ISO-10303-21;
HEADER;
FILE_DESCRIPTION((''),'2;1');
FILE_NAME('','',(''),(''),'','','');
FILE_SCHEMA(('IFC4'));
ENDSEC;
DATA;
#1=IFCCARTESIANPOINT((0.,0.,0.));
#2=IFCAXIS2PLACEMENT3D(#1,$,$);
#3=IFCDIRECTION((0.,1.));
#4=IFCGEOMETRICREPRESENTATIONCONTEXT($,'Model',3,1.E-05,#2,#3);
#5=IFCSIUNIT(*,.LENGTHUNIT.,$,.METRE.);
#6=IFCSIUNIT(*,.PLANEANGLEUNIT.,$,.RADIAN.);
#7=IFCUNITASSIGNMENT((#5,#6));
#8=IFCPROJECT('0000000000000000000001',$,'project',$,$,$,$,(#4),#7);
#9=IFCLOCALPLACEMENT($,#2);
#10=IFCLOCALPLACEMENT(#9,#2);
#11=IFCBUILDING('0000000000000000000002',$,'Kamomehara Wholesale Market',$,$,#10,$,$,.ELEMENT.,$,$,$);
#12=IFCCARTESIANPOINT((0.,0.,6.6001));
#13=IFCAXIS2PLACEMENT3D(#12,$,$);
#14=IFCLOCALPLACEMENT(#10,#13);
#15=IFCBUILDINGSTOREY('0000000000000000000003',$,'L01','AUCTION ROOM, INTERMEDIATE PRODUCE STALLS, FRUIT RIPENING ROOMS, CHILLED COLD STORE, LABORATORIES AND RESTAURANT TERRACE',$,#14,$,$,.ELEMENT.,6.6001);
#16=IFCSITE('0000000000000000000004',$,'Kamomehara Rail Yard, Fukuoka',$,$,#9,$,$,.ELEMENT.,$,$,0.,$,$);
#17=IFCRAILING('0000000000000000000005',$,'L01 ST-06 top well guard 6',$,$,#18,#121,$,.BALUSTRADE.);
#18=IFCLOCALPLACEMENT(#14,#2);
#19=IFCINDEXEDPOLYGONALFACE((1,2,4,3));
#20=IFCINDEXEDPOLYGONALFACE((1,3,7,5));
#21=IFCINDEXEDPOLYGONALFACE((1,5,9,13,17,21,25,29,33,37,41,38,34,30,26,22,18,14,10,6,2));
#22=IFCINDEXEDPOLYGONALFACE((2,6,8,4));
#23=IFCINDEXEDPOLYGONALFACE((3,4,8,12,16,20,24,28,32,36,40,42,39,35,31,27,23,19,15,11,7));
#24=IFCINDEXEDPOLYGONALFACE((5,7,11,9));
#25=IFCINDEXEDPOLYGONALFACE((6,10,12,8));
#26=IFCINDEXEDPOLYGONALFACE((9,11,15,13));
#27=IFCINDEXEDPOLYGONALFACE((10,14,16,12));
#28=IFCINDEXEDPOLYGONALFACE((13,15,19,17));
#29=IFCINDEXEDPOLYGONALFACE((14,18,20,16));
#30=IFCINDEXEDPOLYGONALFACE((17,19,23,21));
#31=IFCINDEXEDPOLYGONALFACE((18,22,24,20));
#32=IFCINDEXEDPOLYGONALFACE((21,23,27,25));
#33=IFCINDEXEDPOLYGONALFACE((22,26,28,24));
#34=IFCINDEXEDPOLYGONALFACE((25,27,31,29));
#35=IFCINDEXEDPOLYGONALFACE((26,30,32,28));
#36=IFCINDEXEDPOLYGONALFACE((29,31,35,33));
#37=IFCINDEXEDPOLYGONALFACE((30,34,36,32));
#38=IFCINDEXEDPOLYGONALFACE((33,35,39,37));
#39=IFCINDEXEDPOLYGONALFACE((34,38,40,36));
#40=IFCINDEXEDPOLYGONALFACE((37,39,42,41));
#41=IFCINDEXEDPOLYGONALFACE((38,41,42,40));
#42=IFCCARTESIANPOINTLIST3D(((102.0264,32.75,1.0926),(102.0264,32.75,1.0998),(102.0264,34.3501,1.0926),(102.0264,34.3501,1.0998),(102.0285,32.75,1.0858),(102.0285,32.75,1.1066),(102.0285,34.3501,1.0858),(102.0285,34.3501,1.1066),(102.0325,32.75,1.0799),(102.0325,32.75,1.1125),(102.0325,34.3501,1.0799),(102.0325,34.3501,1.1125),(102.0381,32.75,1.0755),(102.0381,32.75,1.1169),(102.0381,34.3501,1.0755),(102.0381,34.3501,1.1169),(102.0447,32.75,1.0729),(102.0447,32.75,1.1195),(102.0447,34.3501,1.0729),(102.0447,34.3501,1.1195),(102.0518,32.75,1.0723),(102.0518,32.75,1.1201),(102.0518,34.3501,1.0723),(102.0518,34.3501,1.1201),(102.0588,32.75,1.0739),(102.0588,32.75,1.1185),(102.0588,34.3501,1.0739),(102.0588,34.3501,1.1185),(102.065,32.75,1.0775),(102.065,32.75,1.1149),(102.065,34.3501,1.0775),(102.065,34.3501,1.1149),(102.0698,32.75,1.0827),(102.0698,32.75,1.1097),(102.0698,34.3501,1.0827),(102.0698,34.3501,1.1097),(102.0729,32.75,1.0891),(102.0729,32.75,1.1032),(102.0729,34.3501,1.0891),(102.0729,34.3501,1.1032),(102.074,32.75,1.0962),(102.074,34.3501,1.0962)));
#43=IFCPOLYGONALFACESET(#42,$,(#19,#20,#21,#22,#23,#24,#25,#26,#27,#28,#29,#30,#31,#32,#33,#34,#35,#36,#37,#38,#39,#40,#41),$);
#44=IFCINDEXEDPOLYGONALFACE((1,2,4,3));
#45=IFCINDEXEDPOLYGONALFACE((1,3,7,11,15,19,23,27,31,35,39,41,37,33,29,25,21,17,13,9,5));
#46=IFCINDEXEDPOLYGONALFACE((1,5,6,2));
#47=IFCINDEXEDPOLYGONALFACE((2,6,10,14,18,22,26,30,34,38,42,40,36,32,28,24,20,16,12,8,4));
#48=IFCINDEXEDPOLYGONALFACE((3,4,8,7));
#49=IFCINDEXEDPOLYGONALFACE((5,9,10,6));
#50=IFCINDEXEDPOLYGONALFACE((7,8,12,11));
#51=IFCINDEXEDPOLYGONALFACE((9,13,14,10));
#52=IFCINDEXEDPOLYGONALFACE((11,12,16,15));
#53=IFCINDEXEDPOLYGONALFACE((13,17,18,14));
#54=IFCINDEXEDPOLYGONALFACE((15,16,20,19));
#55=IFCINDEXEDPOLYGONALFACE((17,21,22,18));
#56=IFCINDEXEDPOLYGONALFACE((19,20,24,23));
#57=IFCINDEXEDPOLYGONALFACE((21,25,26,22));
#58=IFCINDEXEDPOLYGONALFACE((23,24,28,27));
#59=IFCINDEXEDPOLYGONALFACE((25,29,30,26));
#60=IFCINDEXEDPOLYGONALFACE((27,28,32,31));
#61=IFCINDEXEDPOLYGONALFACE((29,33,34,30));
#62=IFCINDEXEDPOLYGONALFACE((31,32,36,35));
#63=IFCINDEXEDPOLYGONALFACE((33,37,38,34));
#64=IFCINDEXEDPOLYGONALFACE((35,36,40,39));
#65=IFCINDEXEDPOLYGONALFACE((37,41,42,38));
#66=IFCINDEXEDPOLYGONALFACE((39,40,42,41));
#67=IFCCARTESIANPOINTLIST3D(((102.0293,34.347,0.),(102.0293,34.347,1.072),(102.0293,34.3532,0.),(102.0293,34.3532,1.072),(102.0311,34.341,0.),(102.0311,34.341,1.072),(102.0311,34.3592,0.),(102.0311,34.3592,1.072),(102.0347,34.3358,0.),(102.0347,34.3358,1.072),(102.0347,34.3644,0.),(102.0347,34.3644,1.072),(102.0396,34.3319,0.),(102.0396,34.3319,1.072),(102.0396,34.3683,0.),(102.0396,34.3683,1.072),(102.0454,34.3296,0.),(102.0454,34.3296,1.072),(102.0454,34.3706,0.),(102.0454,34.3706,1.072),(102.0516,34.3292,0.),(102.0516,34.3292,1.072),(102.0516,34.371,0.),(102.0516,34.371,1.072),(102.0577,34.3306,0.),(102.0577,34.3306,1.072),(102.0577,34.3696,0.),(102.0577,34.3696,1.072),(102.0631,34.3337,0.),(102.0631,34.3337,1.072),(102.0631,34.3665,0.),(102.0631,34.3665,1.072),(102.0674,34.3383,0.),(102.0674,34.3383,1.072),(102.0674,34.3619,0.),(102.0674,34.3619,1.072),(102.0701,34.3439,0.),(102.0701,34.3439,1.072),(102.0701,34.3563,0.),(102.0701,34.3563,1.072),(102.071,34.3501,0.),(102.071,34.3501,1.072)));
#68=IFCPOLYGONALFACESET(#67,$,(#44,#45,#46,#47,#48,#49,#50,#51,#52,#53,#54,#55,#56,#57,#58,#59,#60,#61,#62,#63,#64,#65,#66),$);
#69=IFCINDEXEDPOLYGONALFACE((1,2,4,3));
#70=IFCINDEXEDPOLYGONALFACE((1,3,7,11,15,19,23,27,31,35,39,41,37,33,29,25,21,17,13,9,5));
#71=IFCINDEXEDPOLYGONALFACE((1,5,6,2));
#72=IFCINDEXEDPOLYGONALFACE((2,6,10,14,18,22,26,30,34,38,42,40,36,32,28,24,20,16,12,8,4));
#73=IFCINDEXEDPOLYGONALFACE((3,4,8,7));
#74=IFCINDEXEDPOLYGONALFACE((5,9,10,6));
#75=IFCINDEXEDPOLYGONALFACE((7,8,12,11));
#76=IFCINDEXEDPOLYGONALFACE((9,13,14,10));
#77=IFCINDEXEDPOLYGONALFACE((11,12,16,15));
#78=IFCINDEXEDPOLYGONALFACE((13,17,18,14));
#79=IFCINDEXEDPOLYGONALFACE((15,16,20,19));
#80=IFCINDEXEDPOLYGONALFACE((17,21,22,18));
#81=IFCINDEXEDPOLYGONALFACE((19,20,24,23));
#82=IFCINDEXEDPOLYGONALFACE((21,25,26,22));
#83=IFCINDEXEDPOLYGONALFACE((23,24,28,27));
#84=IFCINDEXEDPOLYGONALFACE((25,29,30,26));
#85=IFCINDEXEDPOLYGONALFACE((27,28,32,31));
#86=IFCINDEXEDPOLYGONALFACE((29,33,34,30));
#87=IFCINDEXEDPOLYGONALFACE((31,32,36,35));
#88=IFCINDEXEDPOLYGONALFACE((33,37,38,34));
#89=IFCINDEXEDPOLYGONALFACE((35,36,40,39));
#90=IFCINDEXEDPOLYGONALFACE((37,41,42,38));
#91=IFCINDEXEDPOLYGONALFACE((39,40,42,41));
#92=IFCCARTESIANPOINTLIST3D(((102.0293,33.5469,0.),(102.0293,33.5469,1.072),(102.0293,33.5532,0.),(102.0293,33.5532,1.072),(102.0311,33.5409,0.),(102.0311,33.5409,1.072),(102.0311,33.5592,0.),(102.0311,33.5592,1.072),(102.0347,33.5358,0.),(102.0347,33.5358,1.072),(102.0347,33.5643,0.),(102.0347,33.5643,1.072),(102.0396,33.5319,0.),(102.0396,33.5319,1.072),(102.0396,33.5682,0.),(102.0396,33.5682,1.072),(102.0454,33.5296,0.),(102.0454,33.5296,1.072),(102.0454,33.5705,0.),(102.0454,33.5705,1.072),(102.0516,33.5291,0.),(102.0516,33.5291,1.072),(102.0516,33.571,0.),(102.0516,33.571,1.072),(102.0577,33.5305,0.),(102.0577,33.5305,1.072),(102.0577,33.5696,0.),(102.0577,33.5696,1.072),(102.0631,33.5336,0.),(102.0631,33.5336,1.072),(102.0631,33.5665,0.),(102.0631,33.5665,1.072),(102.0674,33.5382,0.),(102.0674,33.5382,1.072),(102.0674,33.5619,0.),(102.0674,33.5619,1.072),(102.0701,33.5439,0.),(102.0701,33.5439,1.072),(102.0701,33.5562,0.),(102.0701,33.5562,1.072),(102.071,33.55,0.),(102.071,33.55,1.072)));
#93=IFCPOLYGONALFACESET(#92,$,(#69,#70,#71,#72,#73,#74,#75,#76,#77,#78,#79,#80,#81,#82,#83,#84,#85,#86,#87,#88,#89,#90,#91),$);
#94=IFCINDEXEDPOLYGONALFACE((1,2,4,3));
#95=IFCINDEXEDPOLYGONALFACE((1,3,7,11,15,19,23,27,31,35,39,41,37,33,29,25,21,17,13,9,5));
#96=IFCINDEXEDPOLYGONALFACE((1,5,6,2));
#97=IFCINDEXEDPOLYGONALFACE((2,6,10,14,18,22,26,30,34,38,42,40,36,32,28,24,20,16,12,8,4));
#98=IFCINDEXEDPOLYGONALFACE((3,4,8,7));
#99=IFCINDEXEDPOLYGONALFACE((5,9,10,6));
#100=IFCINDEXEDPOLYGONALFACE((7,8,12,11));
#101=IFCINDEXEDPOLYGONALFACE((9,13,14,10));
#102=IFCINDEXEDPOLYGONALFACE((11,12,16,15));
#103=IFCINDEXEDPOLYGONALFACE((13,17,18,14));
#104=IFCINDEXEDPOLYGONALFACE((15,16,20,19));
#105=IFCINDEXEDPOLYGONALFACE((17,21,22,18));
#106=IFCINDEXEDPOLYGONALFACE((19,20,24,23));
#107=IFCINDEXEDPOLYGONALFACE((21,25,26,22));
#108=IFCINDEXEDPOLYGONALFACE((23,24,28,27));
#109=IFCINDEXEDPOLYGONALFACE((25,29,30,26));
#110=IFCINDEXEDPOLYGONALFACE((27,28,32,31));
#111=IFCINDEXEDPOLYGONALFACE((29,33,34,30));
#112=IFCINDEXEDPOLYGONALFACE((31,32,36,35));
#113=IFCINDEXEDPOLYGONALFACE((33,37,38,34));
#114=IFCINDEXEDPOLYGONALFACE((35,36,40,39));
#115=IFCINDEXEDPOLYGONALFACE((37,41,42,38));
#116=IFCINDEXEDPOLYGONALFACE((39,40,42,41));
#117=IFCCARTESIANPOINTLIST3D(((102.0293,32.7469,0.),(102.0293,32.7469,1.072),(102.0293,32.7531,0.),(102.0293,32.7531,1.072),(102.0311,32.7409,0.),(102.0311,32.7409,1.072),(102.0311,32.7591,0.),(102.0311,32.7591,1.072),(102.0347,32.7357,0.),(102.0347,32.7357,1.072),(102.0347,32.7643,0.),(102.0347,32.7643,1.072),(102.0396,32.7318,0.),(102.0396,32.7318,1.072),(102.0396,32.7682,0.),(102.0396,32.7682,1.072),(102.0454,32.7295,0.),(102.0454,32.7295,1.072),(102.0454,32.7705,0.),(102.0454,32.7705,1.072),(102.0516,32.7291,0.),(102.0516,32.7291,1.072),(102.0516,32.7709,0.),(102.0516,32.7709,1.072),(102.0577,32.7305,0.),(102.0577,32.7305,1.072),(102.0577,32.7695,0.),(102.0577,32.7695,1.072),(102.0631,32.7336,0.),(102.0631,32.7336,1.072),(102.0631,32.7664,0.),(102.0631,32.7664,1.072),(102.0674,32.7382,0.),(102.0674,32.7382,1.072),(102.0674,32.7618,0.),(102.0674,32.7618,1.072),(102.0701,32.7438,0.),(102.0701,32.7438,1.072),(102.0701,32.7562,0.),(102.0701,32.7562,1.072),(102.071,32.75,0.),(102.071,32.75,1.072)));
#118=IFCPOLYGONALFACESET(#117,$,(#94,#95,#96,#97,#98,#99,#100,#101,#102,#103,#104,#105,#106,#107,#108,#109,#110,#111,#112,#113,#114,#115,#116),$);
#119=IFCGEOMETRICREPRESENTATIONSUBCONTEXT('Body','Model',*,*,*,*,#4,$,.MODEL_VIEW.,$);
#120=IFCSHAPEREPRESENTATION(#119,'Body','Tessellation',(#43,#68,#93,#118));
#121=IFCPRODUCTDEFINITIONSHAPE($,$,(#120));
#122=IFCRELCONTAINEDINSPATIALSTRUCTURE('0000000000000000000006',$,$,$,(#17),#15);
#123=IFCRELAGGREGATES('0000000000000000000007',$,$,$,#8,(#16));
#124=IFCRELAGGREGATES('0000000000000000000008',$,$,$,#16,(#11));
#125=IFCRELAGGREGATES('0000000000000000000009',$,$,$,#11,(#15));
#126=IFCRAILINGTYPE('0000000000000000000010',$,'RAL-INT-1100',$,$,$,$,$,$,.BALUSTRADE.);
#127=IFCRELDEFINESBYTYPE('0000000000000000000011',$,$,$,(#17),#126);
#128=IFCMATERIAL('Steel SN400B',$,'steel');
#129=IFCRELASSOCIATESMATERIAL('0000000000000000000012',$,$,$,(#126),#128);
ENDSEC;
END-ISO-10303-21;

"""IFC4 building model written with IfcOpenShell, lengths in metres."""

from ifc_helpers import new_model, si_unit, direction, frame, origin, origin_2d, place, context, subcontext, project, spatial, circle, extrude, material, type_object, element, save


model = new_model("IFC4")

# Units and contexts
model_context = context("Model", 3, precision=1e-05, world=origin(), true_north=direction((0.0, 1.0)))
body_context = subcontext(model_context, "Body", "Model", "MODEL_VIEW")
ifc_project = project(units=[si_unit("LENGTHUNIT", "METRE"), si_unit("PLANEANGLEUNIT", "RADIAN")], contexts=[model_context])

# Site, building, storey
site_placement = place(None, origin())
site = spatial("IfcSite", under=ifc_project, at=site_placement, Name="Kamomehara Rail Yard, Fukuoka", CompositionType="ELEMENT", RefElevation=0.0)
building_placement = place(site_placement, origin())
building = spatial("IfcBuilding", under=site, at=building_placement, Name="Kamomehara Wholesale Market", CompositionType="ELEMENT")
storey_placement = place(building_placement, frame((0.0, 0.0, 6.6001)))
storey = spatial("IfcBuildingStorey", under=building, at=storey_placement, Name="L01", Description="AUCTION ROOM, INTERMEDIATE PRODUCE STALLS, FRUIT RIPENING ROOMS, CHILLED COLD STORE, LABORATORIES AND RESTAURANT TERRACE", CompositionType="ELEMENT", Elevation=6.6001)

# Railing
ifc_material_1 = material(Name="Steel SN400B", Category="steel")
railing_type = type_object("IfcRailingType", Name="RAL-INT-1100", PredefinedType="BALUSTRADE", material=ifc_material_1)
railing_1_placement = place(storey_placement, frame((102.05, 34.3501, 0.0)))
element("IfcRailing", 1, at=railing_1_placement, inside=storey, type_object=railing_type, Name="L01 ST-06 top well guard 6", PredefinedType="BALUSTRADE", context=body_context, shape_type="SweptSolid", body=[
    extrude(circle(Radius=0.0239, at=origin_2d()), frame((0.0, 0.0, 1.0962), z_axis=(0.0, -1.0, 0.0), x_axis=(1.0, 0.0, 0.0)), (0.0, 0.0, 1.0), 1.6001),
    extrude(circle(Radius=0.021, at=origin_2d()), origin(), (0.0, 0.0, 1.0), 1.072),
    extrude(circle(Radius=0.021, at=origin_2d()), frame((0.0, -0.8, 0.0)), (0.0, 0.0, 1.0), 1.072),
    extrude(circle(Radius=0.021, at=origin_2d()), frame((0.0, -1.6001, 0.0)), (0.0, 0.0, 1.0), 1.072),
])

save(model, "model.ifc")
